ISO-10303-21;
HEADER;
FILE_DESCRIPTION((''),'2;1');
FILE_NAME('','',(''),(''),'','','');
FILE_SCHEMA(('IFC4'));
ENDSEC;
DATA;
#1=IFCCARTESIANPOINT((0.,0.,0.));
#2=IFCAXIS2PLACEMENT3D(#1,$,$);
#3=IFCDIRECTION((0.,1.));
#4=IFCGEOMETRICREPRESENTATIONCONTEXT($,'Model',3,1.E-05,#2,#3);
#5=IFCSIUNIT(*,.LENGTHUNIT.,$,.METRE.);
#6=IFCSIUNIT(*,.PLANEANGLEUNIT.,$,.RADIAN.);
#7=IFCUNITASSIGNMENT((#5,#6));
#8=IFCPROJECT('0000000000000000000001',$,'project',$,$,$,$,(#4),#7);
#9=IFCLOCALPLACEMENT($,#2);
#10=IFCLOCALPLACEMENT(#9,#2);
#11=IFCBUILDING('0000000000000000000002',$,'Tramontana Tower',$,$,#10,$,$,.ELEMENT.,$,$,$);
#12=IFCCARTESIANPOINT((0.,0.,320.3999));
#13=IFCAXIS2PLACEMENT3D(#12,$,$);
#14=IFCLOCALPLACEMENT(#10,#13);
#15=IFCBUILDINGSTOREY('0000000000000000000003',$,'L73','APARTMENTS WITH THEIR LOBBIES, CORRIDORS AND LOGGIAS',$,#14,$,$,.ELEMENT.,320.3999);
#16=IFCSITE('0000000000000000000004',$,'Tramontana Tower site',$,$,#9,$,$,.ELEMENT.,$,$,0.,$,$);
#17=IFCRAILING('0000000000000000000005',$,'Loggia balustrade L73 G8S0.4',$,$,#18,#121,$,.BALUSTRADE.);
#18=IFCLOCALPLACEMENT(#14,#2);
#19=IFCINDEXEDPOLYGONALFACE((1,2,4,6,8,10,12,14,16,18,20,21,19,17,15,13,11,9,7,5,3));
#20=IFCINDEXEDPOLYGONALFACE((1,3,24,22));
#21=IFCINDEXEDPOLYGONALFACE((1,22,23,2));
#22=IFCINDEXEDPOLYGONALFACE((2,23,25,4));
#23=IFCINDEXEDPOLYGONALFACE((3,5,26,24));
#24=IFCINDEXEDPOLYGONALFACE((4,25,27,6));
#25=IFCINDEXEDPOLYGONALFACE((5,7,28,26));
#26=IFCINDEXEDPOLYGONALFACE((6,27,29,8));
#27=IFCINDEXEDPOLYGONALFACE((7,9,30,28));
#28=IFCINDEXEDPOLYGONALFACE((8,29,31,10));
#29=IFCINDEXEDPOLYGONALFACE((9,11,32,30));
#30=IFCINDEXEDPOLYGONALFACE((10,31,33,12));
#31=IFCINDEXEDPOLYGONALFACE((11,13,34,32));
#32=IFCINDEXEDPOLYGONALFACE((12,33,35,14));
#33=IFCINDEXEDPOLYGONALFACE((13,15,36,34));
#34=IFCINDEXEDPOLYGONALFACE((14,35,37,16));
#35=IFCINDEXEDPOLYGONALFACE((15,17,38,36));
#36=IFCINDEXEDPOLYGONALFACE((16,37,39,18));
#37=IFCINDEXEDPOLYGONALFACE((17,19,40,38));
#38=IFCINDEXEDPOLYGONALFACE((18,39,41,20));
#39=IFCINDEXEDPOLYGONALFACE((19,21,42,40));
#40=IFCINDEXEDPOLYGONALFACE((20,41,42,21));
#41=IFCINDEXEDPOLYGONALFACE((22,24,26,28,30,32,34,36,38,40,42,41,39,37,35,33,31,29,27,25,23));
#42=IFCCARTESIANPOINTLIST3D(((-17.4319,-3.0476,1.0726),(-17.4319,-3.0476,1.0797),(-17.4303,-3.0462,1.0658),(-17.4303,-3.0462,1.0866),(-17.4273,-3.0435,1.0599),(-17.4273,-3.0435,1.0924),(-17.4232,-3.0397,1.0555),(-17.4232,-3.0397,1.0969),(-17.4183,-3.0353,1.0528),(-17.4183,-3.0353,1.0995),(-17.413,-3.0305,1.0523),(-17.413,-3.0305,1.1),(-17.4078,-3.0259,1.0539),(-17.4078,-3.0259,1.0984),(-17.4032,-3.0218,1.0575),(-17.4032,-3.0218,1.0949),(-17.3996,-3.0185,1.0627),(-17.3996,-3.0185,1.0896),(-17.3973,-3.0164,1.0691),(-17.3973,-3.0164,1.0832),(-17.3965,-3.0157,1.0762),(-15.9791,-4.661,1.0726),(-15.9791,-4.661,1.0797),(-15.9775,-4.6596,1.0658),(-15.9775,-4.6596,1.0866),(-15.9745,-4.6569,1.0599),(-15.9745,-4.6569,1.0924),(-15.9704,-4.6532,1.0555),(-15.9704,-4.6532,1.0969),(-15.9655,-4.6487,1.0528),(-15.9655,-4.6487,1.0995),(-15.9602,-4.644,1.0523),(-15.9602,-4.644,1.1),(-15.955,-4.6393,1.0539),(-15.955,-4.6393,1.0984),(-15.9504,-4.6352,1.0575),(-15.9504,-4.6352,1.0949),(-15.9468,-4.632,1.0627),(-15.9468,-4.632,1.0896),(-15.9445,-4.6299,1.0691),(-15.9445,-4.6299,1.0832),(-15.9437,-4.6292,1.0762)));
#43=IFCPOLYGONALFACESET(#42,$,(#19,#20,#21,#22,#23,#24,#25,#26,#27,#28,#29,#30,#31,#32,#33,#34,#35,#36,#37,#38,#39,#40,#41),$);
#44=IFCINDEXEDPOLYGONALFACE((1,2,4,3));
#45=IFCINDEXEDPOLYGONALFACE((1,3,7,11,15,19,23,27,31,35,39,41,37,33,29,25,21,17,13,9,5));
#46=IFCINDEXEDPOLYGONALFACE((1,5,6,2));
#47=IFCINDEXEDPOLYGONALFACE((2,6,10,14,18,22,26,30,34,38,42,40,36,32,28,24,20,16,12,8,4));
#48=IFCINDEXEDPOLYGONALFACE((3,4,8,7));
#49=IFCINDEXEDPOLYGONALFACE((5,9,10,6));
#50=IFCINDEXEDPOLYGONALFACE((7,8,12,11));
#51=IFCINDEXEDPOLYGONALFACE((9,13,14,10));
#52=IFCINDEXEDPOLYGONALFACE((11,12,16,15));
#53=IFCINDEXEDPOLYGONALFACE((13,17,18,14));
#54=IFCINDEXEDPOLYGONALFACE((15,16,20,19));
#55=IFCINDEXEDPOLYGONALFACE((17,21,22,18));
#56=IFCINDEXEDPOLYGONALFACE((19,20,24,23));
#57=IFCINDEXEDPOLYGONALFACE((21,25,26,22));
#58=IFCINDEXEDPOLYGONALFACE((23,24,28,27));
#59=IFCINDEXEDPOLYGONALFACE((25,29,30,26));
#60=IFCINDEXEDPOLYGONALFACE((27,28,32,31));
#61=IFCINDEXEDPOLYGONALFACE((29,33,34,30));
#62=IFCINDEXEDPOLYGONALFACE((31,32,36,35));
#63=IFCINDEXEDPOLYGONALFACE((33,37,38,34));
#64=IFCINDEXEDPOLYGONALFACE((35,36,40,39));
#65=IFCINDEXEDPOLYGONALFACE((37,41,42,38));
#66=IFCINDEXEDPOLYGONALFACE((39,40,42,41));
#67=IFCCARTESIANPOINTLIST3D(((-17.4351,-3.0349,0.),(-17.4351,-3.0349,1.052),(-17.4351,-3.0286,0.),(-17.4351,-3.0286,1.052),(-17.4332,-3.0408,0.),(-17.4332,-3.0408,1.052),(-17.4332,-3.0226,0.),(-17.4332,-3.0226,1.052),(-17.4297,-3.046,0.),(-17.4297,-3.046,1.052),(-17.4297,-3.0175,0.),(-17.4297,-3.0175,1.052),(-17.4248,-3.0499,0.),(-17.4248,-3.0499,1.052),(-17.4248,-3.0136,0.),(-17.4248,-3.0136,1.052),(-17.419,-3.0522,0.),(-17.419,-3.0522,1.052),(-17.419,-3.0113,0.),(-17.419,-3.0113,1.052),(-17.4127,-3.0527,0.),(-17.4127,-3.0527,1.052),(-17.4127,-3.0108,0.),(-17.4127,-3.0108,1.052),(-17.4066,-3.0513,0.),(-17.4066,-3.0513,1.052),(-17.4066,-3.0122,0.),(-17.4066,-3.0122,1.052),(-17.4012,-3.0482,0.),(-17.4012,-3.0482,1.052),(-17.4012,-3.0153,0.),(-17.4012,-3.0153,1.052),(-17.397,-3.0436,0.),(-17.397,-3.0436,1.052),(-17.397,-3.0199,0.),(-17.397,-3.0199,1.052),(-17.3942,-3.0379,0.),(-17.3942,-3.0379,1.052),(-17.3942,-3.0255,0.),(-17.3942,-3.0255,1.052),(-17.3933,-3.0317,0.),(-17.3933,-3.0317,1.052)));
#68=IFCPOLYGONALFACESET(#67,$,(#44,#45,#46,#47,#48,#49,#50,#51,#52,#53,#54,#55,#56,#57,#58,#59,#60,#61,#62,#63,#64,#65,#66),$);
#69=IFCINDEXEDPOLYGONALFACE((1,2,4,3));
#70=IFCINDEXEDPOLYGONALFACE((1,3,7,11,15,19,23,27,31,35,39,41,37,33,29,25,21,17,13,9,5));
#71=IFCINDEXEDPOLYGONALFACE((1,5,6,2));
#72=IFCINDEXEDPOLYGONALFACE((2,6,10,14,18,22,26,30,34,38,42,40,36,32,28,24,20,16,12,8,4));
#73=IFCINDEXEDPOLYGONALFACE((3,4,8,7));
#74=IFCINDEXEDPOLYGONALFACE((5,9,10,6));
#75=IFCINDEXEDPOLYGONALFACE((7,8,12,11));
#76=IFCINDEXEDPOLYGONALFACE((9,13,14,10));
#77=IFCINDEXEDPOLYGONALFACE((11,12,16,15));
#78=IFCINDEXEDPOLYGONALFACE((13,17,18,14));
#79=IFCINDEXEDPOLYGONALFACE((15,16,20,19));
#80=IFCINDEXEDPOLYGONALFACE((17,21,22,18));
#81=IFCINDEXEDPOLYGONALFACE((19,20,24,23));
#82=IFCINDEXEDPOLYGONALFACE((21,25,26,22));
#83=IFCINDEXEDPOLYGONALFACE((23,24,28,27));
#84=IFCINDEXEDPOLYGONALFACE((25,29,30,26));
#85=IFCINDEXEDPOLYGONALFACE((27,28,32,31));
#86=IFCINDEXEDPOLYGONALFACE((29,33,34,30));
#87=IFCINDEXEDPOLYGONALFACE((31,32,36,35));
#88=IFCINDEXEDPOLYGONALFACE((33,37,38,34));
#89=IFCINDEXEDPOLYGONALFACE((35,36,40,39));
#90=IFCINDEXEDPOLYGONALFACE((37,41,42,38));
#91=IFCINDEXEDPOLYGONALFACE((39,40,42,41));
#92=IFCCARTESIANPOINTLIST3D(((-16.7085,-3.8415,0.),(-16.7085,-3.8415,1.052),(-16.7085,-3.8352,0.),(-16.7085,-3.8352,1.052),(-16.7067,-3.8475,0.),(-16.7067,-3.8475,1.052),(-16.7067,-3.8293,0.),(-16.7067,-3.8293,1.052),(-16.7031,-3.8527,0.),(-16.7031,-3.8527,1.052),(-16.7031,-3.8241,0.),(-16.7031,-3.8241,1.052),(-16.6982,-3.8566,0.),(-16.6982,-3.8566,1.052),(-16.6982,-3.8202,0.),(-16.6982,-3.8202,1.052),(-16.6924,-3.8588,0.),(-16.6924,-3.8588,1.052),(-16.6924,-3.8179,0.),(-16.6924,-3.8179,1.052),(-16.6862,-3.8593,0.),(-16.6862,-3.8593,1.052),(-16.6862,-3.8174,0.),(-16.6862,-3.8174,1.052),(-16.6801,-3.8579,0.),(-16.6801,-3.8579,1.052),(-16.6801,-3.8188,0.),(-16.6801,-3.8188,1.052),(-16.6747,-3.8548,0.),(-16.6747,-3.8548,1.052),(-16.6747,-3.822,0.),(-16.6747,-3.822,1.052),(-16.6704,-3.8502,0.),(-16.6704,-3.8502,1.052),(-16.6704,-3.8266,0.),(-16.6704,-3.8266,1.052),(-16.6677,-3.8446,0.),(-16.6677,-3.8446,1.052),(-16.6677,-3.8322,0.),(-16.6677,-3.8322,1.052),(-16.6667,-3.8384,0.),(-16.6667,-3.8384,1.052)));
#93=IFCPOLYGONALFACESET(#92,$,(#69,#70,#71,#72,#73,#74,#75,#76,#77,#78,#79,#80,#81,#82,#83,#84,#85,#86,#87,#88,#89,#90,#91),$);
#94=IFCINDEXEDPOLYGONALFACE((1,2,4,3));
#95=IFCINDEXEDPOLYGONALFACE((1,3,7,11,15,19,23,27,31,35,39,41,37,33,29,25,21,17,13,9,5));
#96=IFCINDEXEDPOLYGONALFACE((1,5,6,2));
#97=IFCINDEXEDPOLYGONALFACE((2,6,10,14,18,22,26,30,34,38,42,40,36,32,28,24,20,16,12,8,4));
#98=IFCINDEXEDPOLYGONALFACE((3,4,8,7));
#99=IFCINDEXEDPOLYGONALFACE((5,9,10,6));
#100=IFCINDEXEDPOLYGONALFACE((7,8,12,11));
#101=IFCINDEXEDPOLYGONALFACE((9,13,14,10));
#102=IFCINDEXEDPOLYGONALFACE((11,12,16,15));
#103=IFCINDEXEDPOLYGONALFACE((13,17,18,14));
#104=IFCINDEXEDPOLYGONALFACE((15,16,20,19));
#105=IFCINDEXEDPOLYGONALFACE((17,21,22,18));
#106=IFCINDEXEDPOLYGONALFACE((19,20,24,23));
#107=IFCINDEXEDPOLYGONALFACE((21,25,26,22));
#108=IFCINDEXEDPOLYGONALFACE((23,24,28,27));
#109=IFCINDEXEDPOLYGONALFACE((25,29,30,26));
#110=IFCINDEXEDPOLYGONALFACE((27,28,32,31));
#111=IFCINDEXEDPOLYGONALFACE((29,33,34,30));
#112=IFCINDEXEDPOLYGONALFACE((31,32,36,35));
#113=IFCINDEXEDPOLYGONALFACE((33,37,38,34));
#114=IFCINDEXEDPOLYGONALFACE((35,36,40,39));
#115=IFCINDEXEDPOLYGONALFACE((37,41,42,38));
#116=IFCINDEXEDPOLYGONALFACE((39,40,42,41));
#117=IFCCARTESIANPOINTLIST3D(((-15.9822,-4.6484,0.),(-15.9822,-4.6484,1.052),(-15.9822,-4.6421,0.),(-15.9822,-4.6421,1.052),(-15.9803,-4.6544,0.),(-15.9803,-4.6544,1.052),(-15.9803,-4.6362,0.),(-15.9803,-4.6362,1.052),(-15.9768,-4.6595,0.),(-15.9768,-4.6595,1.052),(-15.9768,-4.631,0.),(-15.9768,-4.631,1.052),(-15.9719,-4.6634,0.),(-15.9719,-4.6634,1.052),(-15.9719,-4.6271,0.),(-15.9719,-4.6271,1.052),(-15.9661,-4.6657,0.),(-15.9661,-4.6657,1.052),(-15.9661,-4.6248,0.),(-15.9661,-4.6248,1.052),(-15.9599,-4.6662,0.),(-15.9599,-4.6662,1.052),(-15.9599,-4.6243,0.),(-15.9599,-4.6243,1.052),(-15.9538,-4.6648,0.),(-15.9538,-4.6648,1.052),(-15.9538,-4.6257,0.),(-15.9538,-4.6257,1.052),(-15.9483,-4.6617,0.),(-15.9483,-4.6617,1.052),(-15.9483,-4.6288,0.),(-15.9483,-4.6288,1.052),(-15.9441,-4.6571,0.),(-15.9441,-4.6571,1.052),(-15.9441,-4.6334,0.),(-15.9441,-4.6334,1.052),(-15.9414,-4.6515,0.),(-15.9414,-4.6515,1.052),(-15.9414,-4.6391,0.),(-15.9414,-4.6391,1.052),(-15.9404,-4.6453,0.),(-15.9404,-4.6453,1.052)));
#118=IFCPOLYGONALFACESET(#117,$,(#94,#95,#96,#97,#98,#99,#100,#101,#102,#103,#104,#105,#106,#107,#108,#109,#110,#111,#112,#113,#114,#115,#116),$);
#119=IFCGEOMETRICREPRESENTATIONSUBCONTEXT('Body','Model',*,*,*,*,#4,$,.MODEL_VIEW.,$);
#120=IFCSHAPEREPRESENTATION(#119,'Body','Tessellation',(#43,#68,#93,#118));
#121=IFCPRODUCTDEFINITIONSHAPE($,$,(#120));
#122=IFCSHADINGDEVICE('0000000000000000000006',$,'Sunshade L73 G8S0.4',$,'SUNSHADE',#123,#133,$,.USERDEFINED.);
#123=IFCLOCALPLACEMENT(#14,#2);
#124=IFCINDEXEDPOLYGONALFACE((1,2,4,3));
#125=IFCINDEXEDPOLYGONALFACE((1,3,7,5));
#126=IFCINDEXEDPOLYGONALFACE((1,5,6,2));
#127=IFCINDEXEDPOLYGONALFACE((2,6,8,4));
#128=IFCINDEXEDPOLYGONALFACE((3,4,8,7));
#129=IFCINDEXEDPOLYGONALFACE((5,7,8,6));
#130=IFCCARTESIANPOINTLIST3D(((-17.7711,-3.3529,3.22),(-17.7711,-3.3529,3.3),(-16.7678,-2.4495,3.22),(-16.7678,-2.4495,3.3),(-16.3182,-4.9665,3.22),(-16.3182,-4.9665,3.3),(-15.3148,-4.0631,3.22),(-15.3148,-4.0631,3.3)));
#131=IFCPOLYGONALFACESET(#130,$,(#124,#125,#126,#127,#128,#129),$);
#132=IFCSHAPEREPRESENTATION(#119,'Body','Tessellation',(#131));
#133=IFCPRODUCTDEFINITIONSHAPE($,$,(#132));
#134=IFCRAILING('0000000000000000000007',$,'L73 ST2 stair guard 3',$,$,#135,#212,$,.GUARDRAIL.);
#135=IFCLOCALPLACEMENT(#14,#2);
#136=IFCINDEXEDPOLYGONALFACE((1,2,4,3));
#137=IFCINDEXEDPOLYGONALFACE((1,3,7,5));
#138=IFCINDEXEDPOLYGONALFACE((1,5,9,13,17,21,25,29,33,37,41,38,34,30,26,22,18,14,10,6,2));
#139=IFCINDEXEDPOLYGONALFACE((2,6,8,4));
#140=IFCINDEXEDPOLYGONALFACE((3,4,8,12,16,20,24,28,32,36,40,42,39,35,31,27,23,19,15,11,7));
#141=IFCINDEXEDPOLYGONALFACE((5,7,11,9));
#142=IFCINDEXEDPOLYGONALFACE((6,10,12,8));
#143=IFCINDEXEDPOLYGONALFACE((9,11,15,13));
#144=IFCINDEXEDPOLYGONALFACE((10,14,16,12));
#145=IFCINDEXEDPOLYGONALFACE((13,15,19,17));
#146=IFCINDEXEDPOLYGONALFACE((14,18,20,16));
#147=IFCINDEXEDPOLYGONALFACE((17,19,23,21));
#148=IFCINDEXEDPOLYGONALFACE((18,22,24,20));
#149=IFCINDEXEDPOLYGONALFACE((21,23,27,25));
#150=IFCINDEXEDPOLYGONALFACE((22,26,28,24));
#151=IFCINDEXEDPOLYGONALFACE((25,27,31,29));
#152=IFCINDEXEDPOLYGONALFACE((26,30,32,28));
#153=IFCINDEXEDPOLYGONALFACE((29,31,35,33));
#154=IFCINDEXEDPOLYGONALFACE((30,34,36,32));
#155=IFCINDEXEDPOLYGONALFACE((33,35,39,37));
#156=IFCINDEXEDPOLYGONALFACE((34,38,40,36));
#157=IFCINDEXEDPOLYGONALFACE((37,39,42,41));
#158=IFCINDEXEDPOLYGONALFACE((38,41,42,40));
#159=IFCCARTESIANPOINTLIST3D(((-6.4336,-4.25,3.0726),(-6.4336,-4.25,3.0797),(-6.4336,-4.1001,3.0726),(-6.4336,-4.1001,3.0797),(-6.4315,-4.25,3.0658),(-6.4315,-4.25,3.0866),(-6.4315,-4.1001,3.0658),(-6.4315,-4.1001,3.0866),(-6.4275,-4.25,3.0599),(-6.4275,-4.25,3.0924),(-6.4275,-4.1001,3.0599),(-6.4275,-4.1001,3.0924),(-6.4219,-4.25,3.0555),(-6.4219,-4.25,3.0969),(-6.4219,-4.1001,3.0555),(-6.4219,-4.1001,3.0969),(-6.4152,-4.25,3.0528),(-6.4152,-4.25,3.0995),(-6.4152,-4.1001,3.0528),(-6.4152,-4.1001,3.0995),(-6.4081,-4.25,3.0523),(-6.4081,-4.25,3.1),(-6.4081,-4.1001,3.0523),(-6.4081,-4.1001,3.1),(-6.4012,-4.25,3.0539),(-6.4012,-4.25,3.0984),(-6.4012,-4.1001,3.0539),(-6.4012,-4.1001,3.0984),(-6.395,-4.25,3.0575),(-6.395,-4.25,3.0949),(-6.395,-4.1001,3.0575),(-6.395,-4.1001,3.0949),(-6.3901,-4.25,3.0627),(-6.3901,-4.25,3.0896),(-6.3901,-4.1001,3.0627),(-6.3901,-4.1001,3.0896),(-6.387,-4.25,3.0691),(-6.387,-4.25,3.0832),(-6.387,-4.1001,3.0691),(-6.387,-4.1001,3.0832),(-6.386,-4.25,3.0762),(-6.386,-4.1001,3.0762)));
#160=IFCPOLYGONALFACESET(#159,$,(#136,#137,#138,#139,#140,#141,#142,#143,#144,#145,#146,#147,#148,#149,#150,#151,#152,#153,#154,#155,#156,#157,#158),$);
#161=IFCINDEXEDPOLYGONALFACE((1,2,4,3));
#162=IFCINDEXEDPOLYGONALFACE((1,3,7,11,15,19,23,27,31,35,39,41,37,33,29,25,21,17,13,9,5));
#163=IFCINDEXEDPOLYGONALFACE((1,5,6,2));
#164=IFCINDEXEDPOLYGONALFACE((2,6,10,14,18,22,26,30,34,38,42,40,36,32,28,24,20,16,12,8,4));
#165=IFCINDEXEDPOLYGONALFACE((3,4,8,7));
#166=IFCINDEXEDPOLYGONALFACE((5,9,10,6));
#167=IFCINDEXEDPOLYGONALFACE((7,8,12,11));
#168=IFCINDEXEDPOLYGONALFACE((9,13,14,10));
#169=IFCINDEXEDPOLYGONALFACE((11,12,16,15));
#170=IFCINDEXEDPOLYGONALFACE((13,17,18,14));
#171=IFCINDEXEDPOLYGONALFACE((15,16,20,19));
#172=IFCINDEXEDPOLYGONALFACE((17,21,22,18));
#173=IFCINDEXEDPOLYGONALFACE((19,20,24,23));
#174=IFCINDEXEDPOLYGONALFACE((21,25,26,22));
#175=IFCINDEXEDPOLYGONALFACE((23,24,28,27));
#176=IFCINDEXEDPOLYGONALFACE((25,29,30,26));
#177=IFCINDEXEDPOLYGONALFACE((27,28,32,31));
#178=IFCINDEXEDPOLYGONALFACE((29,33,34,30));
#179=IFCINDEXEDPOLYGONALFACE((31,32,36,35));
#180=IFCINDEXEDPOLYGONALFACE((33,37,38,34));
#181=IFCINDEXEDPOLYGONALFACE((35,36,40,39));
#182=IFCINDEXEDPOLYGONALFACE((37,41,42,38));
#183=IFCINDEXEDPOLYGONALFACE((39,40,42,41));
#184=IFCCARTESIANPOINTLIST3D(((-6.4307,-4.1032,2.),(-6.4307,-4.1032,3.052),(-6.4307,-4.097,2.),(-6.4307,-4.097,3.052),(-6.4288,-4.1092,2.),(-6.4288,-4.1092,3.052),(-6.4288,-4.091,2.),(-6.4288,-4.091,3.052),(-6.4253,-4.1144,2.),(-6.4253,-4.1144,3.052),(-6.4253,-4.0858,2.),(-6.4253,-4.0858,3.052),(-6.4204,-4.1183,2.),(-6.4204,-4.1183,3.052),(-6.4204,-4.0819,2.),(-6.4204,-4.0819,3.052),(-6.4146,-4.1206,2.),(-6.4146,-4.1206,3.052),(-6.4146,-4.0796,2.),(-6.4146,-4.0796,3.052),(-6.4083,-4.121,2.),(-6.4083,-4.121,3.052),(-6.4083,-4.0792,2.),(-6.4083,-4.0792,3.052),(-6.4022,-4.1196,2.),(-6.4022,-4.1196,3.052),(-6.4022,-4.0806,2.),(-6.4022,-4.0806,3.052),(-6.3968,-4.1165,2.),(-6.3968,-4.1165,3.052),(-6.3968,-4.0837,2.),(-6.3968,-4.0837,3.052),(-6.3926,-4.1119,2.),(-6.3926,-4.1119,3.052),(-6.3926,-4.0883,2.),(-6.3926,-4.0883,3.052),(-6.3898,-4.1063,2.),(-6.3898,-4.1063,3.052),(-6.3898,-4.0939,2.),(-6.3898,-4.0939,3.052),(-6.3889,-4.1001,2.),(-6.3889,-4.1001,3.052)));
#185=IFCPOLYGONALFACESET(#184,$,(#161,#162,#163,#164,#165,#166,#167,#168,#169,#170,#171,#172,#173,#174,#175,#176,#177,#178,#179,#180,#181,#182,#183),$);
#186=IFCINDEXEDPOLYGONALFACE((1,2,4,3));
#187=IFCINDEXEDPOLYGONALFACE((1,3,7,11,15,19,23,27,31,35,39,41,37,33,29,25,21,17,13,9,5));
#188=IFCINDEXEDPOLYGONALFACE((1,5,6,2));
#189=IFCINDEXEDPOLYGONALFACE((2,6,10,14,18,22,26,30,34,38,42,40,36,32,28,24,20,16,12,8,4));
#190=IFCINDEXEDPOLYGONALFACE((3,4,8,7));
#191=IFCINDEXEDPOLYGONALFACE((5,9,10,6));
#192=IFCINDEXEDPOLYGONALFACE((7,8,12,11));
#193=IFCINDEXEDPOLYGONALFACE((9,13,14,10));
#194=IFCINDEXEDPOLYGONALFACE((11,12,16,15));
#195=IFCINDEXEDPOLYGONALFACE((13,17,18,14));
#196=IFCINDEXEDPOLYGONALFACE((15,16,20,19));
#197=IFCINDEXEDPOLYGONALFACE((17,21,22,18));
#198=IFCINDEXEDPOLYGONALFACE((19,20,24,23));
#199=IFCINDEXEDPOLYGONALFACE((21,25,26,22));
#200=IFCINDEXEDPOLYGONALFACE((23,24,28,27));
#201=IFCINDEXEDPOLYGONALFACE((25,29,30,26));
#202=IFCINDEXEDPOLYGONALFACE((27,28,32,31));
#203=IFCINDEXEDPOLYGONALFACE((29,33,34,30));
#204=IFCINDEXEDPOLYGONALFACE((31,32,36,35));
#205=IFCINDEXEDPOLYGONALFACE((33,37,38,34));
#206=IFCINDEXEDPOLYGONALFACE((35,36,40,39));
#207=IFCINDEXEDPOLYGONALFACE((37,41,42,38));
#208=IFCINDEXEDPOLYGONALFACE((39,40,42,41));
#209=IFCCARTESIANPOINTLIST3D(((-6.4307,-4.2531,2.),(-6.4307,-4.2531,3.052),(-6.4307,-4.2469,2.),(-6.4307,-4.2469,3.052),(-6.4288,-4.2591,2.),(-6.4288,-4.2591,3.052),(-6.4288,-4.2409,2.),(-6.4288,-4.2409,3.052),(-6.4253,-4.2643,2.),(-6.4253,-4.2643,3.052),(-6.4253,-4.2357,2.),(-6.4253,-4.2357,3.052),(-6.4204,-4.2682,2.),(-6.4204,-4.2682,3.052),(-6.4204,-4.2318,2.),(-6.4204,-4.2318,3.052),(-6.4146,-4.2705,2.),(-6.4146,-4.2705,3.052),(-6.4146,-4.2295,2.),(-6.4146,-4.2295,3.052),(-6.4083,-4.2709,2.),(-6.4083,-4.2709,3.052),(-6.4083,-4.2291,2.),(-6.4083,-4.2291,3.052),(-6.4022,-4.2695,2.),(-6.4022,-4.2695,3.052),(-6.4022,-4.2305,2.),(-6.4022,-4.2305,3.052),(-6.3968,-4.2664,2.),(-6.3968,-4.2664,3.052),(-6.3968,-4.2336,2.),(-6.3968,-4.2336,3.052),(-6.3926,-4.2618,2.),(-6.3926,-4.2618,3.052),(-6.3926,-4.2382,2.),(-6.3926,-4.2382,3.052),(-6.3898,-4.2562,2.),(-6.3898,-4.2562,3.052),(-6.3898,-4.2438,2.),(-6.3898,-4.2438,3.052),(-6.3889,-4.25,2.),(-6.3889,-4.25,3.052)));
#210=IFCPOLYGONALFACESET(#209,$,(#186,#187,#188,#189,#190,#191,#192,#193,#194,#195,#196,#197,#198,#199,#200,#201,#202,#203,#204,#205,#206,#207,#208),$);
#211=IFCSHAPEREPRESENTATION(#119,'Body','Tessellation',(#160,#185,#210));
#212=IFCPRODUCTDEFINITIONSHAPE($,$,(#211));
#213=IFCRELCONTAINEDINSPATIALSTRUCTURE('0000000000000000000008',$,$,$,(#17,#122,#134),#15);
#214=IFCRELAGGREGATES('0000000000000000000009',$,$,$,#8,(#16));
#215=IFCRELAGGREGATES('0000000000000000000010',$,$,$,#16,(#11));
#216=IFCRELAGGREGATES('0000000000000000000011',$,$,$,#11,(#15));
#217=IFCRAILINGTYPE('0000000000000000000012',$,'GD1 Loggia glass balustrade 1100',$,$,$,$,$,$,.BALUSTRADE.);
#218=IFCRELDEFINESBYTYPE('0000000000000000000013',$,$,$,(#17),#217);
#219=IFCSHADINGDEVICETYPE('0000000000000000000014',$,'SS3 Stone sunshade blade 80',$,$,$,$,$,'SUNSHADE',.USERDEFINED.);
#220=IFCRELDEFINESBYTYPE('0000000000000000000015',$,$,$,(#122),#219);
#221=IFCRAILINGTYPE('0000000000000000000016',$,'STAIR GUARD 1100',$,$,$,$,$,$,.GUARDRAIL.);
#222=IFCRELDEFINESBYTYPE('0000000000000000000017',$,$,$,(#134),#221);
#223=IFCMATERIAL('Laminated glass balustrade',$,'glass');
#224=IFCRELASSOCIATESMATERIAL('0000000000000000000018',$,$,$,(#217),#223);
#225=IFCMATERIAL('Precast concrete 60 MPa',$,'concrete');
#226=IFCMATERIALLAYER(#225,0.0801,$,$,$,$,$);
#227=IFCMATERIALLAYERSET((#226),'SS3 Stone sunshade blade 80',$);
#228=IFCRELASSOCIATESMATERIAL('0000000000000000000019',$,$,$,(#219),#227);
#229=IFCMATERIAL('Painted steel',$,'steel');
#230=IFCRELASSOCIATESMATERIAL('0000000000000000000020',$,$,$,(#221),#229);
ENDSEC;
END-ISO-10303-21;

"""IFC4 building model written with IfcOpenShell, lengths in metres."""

from ifc_helpers import new_model, si_unit, direction, frame, origin, origin_2d, place, context, subcontext, project, spatial, rectangle, circle, extrude, material, layer, layer_set, type_object, element, save


model = new_model("IFC4")

# Units and contexts
model_context = context("Model", 3, precision=1e-05, world=origin(), true_north=direction((0.0, 1.0)))
body_context = subcontext(model_context, "Body", "Model", "MODEL_VIEW")
ifc_project = project(units=[si_unit("LENGTHUNIT", "METRE"), si_unit("PLANEANGLEUNIT", "RADIAN")], contexts=[model_context])

# Site, building, storey
site_placement = place(None, origin())
site = spatial("IfcSite", under=ifc_project, at=site_placement, Name="Tramontana Tower site", CompositionType="ELEMENT", RefElevation=0.0)
building_placement = place(site_placement, origin())
building = spatial("IfcBuilding", under=site, at=building_placement, Name="Tramontana Tower", CompositionType="ELEMENT")
storey_placement = place(building_placement, frame((0.0, 0.0, 320.3999)))
storey = spatial("IfcBuildingStorey", under=building, at=storey_placement, Name="L73", Description="APARTMENTS WITH THEIR LOBBIES, CORRIDORS AND LOGGIAS", CompositionType="ELEMENT", Elevation=320.3999)

# Railing
ifc_material_1 = material(Name="Laminated glass balustrade", Category="glass")
railing_type_1 = type_object("IfcRailingType", Name="GD1 Loggia glass balustrade 1100", PredefinedType="BALUSTRADE", material=ifc_material_1)
railing_1_placement = place(storey_placement, frame((-17.4143, -3.0317, 0.0)))
element("IfcRailing", 1, at=railing_1_placement, inside=storey, type_object=railing_type_1, Name="Loggia balustrade L73 G8S0.4", PredefinedType="BALUSTRADE", context=body_context, shape_type="SweptSolid", body=[
    extrude(circle(Radius=0.0239, at=origin_2d()), frame((0.0, 0.0, 1.0762), z_axis=(0.669145, -0.743132, 0.0), x_axis=(0.743132, 0.669145, 0.0)), (0.0, 0.0, 1.0), 2.1711),
    extrude(circle(Radius=0.021, at=origin_2d()), origin(), (0.0, 0.0, 1.0), 1.052),
    extrude(circle(Radius=0.021, at=origin_2d()), frame((0.7266, -0.8066, 0.0)), (0.0, 0.0, 1.0), 1.052),
    extrude(circle(Radius=0.021, at=origin_2d()), frame((1.4529, -1.6135, 0.0)), (0.0, 0.0, 1.0), 1.052),
])

# Shading device
ifc_material_2 = material(Name="Precast concrete 60 MPa", Category="concrete")
ifc_layer_1 = layer(ifc_material_2, 0.0801)
ifc_layer_set_1 = layer_set([ifc_layer_1], Name="SS3 Stone sunshade blade 80")
shading_device_type = type_object("IfcShadingDeviceType", Name="SS3 Stone sunshade blade 80", ElementType="SUNSHADE", PredefinedType="USERDEFINED", material=ifc_layer_set_1)
shading_device_placement = place(storey_placement, frame((-16.543, -3.708, 3.22), z_axis=(0.0, 0.0, 1.0), x_axis=(0.669131, -0.743145, 0.0)))
element("IfcShadingDevice", 2, at=shading_device_placement, inside=storey, type_object=shading_device_type, Name="Sunshade L73 G8S0.4", ObjectType="SUNSHADE", PredefinedType="USERDEFINED", context=body_context, shape_type="SweptSolid", body=[
    extrude(rectangle(XDim=2.1714, YDim=1.3501, at=origin_2d()), origin(), (0.0, 0.0, 1.0), 0.0801),
])

# Railing
ifc_material_3 = material(Name="Painted steel", Category="steel")
railing_type_2 = type_object("IfcRailingType", Name="STAIR GUARD 1100", PredefinedType="GUARDRAIL", material=ifc_material_3)
railing_2_placement = place(storey_placement, frame((-6.4099, -4.1001, 2.0)))
element("IfcRailing", 3, at=railing_2_placement, inside=storey, type_object=railing_type_2, Name="L73 ST2 stair guard 3", PredefinedType="GUARDRAIL", context=body_context, shape_type="SweptSolid", body=[
    extrude(circle(Radius=0.0239, at=origin_2d()), frame((0.0, 0.0, 1.0762), z_axis=(0.0, -1.0, 0.0), x_axis=(1.0, 0.0, 0.0)), (0.0, 0.0, 1.0), 0.1499),
    extrude(circle(Radius=0.021, at=origin_2d()), origin(), (0.0, 0.0, 1.0), 1.052),
    extrude(circle(Radius=0.021, at=origin_2d()), frame((0.0, -0.1499, 0.0)), (0.0, 0.0, 1.0), 1.052),
])

save(model, "model.ifc")
